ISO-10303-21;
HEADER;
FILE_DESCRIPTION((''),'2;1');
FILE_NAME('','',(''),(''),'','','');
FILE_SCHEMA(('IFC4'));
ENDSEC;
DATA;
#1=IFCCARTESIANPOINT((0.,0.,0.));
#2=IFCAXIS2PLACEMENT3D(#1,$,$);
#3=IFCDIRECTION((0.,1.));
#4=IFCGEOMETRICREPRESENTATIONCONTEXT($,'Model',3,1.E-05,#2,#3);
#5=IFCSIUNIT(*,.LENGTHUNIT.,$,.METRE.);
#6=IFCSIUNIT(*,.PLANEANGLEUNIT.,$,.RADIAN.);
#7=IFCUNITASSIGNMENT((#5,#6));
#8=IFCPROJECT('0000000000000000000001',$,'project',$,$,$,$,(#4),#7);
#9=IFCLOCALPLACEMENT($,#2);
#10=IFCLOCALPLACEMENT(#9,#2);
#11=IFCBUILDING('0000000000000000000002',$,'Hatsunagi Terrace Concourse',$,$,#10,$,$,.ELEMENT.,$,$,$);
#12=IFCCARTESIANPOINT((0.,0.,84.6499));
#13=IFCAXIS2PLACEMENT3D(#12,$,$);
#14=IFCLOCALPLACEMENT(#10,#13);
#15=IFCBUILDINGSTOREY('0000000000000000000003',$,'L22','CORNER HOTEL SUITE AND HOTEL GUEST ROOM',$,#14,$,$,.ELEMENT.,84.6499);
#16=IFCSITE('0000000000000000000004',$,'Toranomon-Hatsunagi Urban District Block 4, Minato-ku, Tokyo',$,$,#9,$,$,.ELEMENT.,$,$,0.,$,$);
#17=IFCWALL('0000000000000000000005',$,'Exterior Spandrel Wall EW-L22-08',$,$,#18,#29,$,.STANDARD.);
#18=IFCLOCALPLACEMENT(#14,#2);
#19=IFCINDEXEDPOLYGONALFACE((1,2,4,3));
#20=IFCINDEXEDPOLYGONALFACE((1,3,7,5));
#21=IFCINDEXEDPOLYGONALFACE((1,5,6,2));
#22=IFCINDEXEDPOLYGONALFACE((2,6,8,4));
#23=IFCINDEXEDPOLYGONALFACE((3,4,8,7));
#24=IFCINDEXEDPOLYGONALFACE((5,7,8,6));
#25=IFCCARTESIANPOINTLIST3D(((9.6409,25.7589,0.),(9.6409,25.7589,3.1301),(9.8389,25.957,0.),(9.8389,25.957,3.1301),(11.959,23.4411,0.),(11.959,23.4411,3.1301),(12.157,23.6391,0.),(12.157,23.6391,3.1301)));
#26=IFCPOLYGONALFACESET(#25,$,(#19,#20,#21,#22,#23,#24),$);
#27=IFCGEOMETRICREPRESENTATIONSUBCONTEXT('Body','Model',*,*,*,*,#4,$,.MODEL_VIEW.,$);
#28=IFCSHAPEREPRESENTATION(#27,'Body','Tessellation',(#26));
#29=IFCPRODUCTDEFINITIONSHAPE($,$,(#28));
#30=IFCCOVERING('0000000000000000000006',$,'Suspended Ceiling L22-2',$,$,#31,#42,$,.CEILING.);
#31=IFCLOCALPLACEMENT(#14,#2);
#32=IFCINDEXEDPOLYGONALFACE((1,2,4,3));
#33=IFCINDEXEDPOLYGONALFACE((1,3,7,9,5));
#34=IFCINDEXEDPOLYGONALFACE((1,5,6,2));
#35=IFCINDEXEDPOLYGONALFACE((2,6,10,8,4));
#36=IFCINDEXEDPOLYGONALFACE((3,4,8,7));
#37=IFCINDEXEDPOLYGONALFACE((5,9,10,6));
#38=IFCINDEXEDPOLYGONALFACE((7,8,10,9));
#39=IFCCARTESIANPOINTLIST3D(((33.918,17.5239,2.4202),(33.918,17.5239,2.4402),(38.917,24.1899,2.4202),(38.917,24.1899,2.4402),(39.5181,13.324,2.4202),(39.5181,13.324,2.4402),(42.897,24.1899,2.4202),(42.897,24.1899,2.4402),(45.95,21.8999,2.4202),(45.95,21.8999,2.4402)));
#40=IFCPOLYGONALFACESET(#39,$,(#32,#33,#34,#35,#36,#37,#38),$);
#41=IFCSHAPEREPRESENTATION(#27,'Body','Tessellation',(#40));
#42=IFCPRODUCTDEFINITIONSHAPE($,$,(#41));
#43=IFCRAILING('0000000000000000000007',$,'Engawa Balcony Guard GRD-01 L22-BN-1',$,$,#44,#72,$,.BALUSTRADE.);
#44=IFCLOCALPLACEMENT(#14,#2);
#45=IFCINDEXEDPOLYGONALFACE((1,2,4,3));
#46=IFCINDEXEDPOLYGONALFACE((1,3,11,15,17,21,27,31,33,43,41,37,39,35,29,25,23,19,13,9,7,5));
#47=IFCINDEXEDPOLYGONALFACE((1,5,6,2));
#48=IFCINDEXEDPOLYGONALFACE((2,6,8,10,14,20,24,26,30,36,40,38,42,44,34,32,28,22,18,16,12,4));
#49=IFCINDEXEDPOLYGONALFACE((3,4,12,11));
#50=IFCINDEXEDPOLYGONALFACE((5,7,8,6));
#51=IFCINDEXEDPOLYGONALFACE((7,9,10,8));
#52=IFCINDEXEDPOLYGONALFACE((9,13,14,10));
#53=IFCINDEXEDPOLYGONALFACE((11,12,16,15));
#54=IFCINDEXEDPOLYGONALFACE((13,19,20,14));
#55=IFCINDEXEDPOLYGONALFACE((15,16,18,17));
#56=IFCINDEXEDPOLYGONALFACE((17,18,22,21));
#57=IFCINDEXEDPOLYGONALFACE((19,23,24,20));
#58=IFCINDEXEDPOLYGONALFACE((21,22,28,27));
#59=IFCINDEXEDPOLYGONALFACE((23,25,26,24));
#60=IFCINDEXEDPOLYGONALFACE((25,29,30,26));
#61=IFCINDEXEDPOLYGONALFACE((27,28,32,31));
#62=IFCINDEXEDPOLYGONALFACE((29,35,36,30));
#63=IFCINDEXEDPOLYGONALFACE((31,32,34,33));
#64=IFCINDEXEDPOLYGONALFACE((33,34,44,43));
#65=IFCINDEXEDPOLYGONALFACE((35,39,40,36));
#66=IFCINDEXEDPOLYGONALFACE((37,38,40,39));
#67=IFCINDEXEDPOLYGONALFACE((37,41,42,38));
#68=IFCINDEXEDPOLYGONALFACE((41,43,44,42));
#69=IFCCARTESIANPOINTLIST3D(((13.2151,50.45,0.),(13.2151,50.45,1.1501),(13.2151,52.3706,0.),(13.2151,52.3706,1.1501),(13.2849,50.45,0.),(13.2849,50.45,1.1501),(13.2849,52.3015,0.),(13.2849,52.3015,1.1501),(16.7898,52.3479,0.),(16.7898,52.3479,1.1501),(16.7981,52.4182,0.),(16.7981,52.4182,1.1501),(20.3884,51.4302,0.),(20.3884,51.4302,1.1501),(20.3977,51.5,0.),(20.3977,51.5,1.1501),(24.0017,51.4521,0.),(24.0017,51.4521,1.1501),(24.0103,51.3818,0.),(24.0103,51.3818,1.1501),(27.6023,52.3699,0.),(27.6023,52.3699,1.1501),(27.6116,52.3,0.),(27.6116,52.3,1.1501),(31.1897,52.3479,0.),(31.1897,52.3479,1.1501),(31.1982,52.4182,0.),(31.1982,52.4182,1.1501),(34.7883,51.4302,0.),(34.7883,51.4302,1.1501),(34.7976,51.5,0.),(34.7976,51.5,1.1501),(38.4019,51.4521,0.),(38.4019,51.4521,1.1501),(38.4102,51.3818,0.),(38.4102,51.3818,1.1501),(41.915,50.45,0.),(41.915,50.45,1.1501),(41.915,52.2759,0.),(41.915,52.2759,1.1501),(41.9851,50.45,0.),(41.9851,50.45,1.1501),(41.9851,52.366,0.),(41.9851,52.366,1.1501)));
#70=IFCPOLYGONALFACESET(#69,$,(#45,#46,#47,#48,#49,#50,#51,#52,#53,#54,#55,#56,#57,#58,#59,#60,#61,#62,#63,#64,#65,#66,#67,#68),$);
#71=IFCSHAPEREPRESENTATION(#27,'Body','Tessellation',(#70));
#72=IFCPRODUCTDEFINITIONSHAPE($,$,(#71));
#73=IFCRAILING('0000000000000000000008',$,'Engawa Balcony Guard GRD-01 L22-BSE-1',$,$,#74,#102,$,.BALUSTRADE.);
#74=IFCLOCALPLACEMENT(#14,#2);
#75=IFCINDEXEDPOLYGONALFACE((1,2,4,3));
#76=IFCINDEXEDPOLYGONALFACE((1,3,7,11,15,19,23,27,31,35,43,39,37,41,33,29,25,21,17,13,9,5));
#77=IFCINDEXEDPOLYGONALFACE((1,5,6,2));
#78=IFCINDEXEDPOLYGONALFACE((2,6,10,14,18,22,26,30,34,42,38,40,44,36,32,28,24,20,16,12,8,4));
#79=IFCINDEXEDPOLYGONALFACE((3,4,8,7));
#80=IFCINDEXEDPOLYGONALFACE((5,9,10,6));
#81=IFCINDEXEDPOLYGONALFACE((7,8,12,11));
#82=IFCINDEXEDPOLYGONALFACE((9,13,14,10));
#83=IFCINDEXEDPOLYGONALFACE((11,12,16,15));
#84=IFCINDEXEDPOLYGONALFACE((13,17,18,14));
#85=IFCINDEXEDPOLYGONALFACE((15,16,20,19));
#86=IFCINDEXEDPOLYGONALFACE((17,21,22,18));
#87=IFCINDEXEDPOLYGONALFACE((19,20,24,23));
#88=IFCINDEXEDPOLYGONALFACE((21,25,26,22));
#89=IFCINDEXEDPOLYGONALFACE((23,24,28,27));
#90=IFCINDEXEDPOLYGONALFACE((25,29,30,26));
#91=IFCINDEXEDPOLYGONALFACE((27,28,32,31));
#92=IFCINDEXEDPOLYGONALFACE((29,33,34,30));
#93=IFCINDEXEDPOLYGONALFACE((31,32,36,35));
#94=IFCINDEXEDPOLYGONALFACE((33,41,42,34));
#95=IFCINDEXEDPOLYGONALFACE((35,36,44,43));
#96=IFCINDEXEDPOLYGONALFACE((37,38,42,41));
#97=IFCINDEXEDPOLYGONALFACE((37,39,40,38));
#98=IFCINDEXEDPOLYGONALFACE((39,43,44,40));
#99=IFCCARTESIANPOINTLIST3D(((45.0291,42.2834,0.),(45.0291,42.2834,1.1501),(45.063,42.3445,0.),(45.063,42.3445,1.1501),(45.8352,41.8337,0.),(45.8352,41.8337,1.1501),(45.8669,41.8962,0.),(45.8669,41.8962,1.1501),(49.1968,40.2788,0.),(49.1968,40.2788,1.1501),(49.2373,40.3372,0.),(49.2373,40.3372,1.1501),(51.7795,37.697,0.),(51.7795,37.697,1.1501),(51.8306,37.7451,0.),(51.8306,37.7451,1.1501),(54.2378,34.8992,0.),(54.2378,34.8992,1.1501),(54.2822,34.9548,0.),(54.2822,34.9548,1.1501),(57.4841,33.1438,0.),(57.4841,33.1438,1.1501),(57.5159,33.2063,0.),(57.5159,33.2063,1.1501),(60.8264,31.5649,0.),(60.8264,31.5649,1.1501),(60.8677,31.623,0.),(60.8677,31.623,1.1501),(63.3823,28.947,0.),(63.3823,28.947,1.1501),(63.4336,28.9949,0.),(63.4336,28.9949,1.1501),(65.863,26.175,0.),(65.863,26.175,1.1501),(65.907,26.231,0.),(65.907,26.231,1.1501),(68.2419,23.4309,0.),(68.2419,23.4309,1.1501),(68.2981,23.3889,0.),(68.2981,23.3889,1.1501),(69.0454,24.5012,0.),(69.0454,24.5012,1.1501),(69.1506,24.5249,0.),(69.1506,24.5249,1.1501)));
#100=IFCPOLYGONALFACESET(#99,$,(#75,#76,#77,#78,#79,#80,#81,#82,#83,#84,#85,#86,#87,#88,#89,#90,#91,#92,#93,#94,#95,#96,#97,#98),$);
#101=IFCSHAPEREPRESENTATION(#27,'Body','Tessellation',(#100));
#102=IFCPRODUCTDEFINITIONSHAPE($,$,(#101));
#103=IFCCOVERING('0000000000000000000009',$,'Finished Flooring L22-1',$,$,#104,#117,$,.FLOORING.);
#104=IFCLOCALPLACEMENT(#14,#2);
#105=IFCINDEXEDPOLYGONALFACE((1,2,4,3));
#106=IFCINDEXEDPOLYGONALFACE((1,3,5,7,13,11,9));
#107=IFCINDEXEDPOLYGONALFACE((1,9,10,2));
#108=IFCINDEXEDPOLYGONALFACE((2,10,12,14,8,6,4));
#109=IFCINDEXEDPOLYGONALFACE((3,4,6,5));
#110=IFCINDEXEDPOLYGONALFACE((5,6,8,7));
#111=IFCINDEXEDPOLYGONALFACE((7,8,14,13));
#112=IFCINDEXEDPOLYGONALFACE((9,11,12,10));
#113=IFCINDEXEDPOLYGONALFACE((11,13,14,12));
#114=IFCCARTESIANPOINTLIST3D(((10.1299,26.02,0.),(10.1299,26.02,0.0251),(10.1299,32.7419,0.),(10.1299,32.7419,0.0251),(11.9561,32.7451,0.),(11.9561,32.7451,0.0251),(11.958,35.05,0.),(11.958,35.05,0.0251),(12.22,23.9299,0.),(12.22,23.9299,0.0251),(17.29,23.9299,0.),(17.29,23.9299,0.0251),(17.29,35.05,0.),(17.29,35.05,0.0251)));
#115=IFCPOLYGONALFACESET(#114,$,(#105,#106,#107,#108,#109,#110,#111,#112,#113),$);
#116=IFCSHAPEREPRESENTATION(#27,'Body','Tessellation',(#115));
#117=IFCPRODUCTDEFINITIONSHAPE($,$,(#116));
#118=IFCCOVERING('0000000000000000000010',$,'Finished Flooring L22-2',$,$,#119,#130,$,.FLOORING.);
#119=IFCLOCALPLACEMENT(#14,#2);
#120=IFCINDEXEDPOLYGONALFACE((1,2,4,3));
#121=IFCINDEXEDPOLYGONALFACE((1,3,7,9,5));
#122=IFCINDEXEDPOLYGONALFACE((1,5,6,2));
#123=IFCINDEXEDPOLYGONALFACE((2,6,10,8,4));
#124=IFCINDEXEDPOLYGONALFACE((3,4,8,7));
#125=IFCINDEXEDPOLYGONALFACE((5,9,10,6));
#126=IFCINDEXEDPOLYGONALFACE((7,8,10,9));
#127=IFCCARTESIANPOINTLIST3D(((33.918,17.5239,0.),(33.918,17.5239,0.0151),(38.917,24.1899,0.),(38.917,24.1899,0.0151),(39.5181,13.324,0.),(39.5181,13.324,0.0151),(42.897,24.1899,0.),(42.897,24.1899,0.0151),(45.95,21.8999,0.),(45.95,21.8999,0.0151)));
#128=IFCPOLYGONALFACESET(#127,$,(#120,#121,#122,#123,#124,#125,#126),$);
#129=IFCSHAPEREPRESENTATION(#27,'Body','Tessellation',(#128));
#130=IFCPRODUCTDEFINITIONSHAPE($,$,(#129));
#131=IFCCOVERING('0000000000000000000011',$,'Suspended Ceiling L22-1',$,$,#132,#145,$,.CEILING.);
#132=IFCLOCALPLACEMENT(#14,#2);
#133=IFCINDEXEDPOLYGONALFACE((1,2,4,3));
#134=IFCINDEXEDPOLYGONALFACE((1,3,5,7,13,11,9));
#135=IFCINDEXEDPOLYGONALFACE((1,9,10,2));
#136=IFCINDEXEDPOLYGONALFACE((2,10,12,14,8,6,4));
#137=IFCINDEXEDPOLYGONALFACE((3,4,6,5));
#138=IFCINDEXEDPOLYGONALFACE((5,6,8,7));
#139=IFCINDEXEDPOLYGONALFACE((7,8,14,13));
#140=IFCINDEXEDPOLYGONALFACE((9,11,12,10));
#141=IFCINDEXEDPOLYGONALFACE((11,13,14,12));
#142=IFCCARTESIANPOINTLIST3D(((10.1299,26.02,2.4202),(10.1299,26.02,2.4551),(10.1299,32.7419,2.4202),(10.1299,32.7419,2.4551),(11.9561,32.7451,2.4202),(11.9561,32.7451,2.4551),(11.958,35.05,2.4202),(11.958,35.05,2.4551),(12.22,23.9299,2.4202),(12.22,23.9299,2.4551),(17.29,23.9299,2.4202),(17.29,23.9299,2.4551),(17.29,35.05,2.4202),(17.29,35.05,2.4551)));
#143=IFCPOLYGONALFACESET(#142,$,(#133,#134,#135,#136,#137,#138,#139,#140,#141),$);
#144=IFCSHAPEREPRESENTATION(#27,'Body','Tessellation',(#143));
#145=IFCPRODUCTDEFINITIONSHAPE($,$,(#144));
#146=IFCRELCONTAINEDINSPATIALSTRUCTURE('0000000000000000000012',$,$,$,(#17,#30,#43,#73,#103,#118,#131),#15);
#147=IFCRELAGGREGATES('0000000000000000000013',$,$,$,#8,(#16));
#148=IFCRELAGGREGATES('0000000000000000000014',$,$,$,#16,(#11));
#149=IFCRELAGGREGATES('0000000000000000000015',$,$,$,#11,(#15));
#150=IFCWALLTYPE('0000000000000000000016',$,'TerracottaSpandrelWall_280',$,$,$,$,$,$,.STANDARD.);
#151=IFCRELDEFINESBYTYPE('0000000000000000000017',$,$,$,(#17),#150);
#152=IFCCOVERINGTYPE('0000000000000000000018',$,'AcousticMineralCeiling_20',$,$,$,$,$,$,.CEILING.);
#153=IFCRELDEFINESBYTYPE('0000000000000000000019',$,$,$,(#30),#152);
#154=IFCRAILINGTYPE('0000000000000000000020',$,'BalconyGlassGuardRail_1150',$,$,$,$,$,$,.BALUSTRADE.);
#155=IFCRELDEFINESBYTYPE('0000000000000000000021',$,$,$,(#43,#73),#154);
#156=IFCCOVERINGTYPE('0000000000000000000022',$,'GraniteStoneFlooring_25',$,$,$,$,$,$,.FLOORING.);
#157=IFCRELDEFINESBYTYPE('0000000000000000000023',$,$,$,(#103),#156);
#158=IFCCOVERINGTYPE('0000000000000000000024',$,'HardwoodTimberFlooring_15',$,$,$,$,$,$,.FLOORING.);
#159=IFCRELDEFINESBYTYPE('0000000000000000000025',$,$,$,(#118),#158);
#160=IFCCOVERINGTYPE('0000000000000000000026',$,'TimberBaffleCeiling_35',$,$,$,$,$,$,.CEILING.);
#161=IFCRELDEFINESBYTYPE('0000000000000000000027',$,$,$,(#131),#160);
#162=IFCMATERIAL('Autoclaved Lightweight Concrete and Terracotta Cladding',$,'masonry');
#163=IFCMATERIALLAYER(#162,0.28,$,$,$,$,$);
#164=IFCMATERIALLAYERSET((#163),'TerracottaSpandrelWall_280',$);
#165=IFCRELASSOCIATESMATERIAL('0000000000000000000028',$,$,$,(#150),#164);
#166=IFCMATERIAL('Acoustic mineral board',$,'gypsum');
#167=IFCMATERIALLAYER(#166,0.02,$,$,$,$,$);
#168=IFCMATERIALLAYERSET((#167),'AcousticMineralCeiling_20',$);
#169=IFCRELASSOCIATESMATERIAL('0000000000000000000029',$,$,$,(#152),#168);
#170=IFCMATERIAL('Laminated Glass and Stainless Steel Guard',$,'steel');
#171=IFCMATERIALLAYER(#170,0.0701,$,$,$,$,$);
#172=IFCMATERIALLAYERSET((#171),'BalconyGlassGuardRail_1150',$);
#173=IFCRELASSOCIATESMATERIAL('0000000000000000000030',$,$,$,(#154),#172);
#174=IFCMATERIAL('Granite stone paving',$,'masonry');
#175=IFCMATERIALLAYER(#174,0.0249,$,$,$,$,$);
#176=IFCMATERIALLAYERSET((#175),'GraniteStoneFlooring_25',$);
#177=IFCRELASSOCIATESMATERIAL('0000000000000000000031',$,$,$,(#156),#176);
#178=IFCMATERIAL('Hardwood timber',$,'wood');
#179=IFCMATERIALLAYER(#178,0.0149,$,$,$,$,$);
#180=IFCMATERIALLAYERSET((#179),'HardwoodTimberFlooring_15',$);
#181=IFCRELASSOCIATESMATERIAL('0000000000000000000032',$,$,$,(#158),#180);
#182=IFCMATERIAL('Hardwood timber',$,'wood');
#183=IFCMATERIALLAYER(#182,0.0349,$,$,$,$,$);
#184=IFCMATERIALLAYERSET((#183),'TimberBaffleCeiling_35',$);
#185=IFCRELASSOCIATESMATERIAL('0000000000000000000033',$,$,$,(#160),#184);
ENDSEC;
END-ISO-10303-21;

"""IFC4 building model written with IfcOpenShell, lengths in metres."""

from ifc_helpers import new_model, si_unit, direction, frame, frame_2d, origin, place, context, subcontext, project, spatial, polyline, rectangle, outline, extrude, material, layer, layer_set, type_object, element, save


model = new_model("IFC4")

# Units and contexts
model_context = context("Model", 3, precision=1e-05, world=origin(), true_north=direction((0.0, 1.0)))
body_context = subcontext(model_context, "Body", "Model", "MODEL_VIEW")
ifc_project = project(units=[si_unit("LENGTHUNIT", "METRE"), si_unit("PLANEANGLEUNIT", "RADIAN")], contexts=[model_context])

# Site, building, storey
site_placement = place(None, origin())
site = spatial("IfcSite", under=ifc_project, at=site_placement, Name="Toranomon-Hatsunagi Urban District Block 4, Minato-ku, Tokyo", CompositionType="ELEMENT", RefElevation=0.0)
building_placement = place(site_placement, origin())
building = spatial("IfcBuilding", under=site, at=building_placement, Name="Hatsunagi Terrace Concourse", CompositionType="ELEMENT")
storey_placement = place(building_placement, frame((0.0, 0.0, 84.6499)))
storey = spatial("IfcBuildingStorey", under=building, at=storey_placement, Name="L22", Description="CORNER HOTEL SUITE AND HOTEL GUEST ROOM", CompositionType="ELEMENT", Elevation=84.6499)

# Wall
ifc_material_1 = material(Name="Autoclaved Lightweight Concrete and Terracotta Cladding", Category="masonry")
ifc_layer_1 = layer(ifc_material_1, 0.28)
ifc_layer_set_1 = layer_set([ifc_layer_1], Name="TerracottaSpandrelWall_280")
wall_type = type_object("IfcWallType", Name="TerracottaSpandrelWall_280", PredefinedType="STANDARD", material=ifc_layer_set_1)
wall_placement = place(storey_placement, frame((12.0581, 23.54, 0.0), z_axis=(0.0, 0.0, 1.0), x_axis=(-0.707144, 0.70707, 0.0)))
element("IfcWall", 1, at=wall_placement, inside=storey, type_object=wall_type, Name="Exterior Spandrel Wall EW-L22-08", PredefinedType="STANDARD", context=body_context, shape_type="SweptSolid", body=[
    extrude(rectangle(XDim=3.2781, YDim=0.28, at=frame_2d((1.6392, 0.0))), origin(), (0.0, 0.0, 1.0), 3.1301),
])

# Covering
ifc_material_2 = material(Name="Acoustic mineral board", Category="gypsum")
ifc_layer_2 = layer(ifc_material_2, 0.02)
ifc_layer_set_2 = layer_set([ifc_layer_2], Name="AcousticMineralCeiling_20")
covering_type_1 = type_object("IfcCoveringType", Name="AcousticMineralCeiling_20", PredefinedType="CEILING", material=ifc_layer_set_2)
covering_1_placement = place(storey_placement, frame((0.0, 0.0, 2.4202)))
element("IfcCovering", 2, at=covering_1_placement, inside=storey, type_object=covering_type_1, Name="Suspended Ceiling L22-2", PredefinedType="CEILING", context=body_context, shape_type="SweptSolid", body=[
    extrude(outline(polyline([(39.5181, 13.324), (45.95, 21.8999), (42.897, 24.1899), (38.917, 24.1899), (33.918, 17.5239), (39.5181, 13.324)])), origin(), (0.0, 0.0, 1.0), 0.02),
])

# Railings
ifc_material_3 = material(Name="Laminated Glass and Stainless Steel Guard", Category="steel")
ifc_layer_3 = layer(ifc_material_3, 0.0701)
ifc_layer_set_3 = layer_set([ifc_layer_3], Name="BalconyGlassGuardRail_1150")
railing_type = type_object("IfcRailingType", Name="BalconyGlassGuardRail_1150", PredefinedType="BALUSTRADE", material=ifc_layer_set_3)
railing_1_placement = place(storey_placement, origin())
element("IfcRailing", 3, at=railing_1_placement, inside=storey, type_object=railing_type, Name="Engawa Balcony Guard GRD-01 L22-BN-1", PredefinedType="BALUSTRADE", context=body_context, shape_type="SweptSolid", body=[
    extrude(outline(polyline([(13.2151, 50.45), (13.2849, 50.45), (13.2849, 52.3015), (16.7898, 52.3479), (20.3884, 51.4302), (24.0103, 51.3818), (27.6116, 52.3), (31.1897, 52.3479), (34.7883, 51.4302), (38.4102, 51.3818), (41.915, 52.2759), (41.915, 50.45), (41.9851, 50.45), (41.9851, 52.366), (38.4019, 51.4521), (34.7976, 51.5), (31.1982, 52.4182), (27.6023, 52.3699), (24.0017, 51.4521), (20.3977, 51.5), (16.7981, 52.4182), (13.2151, 52.3706), (13.2151, 50.45)])), origin(), (0.0, 0.0, 1.0), 1.1501),
])
railing_2_placement = place(storey_placement, origin())
element("IfcRailing", 4, at=railing_2_placement, inside=storey, type_object=railing_type, Name="Engawa Balcony Guard GRD-01 L22-BSE-1", PredefinedType="BALUSTRADE", context=body_context, shape_type="SweptSolid", body=[
    extrude(outline(polyline([(45.063, 42.3445), (45.0291, 42.2834), (45.8352, 41.8337), (49.1968, 40.2788), (51.7795, 37.697), (54.2378, 34.8992), (57.4841, 33.1438), (60.8264, 31.5649), (63.3823, 28.947), (65.863, 26.175), (69.0454, 24.5012), (68.2419, 23.4309), (68.2981, 23.3889), (69.1506, 24.5249), (65.907, 26.231), (63.4336, 28.9949), (60.8677, 31.623), (57.5159, 33.2063), (54.2822, 34.9548), (51.8306, 37.7451), (49.2373, 40.3372), (45.8669, 41.8962), (45.063, 42.3445)])), origin(), (0.0, 0.0, 1.0), 1.1501),
])

# Coverings
ifc_material_4 = material(Name="Granite stone paving", Category="masonry")
ifc_layer_4 = layer(ifc_material_4, 0.0249)
ifc_layer_set_4 = layer_set([ifc_layer_4], Name="GraniteStoneFlooring_25")
covering_type_2 = type_object("IfcCoveringType", Name="GraniteStoneFlooring_25", PredefinedType="FLOORING", material=ifc_layer_set_4)
covering_2_placement = place(storey_placement, origin())
element("IfcCovering", 5, at=covering_2_placement, inside=storey, type_object=covering_type_2, Name="Finished Flooring L22-1", PredefinedType="FLOORING", context=body_context, shape_type="SweptSolid", body=[
    extrude(outline(polyline([(12.22, 23.9299), (17.29, 23.9299), (17.29, 35.05), (11.958, 35.05), (11.9561, 32.7451), (10.1299, 32.7419), (10.1299, 26.02), (12.22, 23.9299)])), origin(), (0.0, 0.0, 1.0), 0.0251),
])
ifc_material_5 = material(Name="Hardwood timber", Category="wood")
ifc_layer_5 = layer(ifc_material_5, 0.0149)
ifc_layer_set_5 = layer_set([ifc_layer_5], Name="HardwoodTimberFlooring_15")
covering_type_3 = type_object("IfcCoveringType", Name="HardwoodTimberFlooring_15", PredefinedType="FLOORING", material=ifc_layer_set_5)
covering_3_placement = place(storey_placement, origin())
element("IfcCovering", 6, at=covering_3_placement, inside=storey, type_object=covering_type_3, Name="Finished Flooring L22-2", PredefinedType="FLOORING", context=body_context, shape_type="SweptSolid", body=[
    extrude(outline(polyline([(39.5181, 13.324), (45.95, 21.8999), (42.897, 24.1899), (38.917, 24.1899), (33.918, 17.5239), (39.5181, 13.324)])), origin(), (0.0, 0.0, 1.0), 0.0151),
])
ifc_material_6 = material(Name="Hardwood timber", Category="wood")
ifc_layer_6 = layer(ifc_material_6, 0.0349)
ifc_layer_set_6 = layer_set([ifc_layer_6], Name="TimberBaffleCeiling_35")
covering_type_4 = type_object("IfcCoveringType", Name="TimberBaffleCeiling_35", PredefinedType="CEILING", material=ifc_layer_set_6)
covering_4_placement = place(storey_placement, frame((0.0, 0.0, 2.4202)))
element("IfcCovering", 7, at=covering_4_placement, inside=storey, type_object=covering_type_4, Name="Suspended Ceiling L22-1", PredefinedType="CEILING", context=body_context, shape_type="SweptSolid", body=[
    extrude(outline(polyline([(12.22, 23.9299), (17.29, 23.9299), (17.29, 35.05), (11.958, 35.05), (11.9561, 32.7451), (10.1299, 32.7419), (10.1299, 26.02), (12.22, 23.9299)])), origin(), (0.0, 0.0, 1.0), 0.0349),
])

save(model, "model.ifc")
